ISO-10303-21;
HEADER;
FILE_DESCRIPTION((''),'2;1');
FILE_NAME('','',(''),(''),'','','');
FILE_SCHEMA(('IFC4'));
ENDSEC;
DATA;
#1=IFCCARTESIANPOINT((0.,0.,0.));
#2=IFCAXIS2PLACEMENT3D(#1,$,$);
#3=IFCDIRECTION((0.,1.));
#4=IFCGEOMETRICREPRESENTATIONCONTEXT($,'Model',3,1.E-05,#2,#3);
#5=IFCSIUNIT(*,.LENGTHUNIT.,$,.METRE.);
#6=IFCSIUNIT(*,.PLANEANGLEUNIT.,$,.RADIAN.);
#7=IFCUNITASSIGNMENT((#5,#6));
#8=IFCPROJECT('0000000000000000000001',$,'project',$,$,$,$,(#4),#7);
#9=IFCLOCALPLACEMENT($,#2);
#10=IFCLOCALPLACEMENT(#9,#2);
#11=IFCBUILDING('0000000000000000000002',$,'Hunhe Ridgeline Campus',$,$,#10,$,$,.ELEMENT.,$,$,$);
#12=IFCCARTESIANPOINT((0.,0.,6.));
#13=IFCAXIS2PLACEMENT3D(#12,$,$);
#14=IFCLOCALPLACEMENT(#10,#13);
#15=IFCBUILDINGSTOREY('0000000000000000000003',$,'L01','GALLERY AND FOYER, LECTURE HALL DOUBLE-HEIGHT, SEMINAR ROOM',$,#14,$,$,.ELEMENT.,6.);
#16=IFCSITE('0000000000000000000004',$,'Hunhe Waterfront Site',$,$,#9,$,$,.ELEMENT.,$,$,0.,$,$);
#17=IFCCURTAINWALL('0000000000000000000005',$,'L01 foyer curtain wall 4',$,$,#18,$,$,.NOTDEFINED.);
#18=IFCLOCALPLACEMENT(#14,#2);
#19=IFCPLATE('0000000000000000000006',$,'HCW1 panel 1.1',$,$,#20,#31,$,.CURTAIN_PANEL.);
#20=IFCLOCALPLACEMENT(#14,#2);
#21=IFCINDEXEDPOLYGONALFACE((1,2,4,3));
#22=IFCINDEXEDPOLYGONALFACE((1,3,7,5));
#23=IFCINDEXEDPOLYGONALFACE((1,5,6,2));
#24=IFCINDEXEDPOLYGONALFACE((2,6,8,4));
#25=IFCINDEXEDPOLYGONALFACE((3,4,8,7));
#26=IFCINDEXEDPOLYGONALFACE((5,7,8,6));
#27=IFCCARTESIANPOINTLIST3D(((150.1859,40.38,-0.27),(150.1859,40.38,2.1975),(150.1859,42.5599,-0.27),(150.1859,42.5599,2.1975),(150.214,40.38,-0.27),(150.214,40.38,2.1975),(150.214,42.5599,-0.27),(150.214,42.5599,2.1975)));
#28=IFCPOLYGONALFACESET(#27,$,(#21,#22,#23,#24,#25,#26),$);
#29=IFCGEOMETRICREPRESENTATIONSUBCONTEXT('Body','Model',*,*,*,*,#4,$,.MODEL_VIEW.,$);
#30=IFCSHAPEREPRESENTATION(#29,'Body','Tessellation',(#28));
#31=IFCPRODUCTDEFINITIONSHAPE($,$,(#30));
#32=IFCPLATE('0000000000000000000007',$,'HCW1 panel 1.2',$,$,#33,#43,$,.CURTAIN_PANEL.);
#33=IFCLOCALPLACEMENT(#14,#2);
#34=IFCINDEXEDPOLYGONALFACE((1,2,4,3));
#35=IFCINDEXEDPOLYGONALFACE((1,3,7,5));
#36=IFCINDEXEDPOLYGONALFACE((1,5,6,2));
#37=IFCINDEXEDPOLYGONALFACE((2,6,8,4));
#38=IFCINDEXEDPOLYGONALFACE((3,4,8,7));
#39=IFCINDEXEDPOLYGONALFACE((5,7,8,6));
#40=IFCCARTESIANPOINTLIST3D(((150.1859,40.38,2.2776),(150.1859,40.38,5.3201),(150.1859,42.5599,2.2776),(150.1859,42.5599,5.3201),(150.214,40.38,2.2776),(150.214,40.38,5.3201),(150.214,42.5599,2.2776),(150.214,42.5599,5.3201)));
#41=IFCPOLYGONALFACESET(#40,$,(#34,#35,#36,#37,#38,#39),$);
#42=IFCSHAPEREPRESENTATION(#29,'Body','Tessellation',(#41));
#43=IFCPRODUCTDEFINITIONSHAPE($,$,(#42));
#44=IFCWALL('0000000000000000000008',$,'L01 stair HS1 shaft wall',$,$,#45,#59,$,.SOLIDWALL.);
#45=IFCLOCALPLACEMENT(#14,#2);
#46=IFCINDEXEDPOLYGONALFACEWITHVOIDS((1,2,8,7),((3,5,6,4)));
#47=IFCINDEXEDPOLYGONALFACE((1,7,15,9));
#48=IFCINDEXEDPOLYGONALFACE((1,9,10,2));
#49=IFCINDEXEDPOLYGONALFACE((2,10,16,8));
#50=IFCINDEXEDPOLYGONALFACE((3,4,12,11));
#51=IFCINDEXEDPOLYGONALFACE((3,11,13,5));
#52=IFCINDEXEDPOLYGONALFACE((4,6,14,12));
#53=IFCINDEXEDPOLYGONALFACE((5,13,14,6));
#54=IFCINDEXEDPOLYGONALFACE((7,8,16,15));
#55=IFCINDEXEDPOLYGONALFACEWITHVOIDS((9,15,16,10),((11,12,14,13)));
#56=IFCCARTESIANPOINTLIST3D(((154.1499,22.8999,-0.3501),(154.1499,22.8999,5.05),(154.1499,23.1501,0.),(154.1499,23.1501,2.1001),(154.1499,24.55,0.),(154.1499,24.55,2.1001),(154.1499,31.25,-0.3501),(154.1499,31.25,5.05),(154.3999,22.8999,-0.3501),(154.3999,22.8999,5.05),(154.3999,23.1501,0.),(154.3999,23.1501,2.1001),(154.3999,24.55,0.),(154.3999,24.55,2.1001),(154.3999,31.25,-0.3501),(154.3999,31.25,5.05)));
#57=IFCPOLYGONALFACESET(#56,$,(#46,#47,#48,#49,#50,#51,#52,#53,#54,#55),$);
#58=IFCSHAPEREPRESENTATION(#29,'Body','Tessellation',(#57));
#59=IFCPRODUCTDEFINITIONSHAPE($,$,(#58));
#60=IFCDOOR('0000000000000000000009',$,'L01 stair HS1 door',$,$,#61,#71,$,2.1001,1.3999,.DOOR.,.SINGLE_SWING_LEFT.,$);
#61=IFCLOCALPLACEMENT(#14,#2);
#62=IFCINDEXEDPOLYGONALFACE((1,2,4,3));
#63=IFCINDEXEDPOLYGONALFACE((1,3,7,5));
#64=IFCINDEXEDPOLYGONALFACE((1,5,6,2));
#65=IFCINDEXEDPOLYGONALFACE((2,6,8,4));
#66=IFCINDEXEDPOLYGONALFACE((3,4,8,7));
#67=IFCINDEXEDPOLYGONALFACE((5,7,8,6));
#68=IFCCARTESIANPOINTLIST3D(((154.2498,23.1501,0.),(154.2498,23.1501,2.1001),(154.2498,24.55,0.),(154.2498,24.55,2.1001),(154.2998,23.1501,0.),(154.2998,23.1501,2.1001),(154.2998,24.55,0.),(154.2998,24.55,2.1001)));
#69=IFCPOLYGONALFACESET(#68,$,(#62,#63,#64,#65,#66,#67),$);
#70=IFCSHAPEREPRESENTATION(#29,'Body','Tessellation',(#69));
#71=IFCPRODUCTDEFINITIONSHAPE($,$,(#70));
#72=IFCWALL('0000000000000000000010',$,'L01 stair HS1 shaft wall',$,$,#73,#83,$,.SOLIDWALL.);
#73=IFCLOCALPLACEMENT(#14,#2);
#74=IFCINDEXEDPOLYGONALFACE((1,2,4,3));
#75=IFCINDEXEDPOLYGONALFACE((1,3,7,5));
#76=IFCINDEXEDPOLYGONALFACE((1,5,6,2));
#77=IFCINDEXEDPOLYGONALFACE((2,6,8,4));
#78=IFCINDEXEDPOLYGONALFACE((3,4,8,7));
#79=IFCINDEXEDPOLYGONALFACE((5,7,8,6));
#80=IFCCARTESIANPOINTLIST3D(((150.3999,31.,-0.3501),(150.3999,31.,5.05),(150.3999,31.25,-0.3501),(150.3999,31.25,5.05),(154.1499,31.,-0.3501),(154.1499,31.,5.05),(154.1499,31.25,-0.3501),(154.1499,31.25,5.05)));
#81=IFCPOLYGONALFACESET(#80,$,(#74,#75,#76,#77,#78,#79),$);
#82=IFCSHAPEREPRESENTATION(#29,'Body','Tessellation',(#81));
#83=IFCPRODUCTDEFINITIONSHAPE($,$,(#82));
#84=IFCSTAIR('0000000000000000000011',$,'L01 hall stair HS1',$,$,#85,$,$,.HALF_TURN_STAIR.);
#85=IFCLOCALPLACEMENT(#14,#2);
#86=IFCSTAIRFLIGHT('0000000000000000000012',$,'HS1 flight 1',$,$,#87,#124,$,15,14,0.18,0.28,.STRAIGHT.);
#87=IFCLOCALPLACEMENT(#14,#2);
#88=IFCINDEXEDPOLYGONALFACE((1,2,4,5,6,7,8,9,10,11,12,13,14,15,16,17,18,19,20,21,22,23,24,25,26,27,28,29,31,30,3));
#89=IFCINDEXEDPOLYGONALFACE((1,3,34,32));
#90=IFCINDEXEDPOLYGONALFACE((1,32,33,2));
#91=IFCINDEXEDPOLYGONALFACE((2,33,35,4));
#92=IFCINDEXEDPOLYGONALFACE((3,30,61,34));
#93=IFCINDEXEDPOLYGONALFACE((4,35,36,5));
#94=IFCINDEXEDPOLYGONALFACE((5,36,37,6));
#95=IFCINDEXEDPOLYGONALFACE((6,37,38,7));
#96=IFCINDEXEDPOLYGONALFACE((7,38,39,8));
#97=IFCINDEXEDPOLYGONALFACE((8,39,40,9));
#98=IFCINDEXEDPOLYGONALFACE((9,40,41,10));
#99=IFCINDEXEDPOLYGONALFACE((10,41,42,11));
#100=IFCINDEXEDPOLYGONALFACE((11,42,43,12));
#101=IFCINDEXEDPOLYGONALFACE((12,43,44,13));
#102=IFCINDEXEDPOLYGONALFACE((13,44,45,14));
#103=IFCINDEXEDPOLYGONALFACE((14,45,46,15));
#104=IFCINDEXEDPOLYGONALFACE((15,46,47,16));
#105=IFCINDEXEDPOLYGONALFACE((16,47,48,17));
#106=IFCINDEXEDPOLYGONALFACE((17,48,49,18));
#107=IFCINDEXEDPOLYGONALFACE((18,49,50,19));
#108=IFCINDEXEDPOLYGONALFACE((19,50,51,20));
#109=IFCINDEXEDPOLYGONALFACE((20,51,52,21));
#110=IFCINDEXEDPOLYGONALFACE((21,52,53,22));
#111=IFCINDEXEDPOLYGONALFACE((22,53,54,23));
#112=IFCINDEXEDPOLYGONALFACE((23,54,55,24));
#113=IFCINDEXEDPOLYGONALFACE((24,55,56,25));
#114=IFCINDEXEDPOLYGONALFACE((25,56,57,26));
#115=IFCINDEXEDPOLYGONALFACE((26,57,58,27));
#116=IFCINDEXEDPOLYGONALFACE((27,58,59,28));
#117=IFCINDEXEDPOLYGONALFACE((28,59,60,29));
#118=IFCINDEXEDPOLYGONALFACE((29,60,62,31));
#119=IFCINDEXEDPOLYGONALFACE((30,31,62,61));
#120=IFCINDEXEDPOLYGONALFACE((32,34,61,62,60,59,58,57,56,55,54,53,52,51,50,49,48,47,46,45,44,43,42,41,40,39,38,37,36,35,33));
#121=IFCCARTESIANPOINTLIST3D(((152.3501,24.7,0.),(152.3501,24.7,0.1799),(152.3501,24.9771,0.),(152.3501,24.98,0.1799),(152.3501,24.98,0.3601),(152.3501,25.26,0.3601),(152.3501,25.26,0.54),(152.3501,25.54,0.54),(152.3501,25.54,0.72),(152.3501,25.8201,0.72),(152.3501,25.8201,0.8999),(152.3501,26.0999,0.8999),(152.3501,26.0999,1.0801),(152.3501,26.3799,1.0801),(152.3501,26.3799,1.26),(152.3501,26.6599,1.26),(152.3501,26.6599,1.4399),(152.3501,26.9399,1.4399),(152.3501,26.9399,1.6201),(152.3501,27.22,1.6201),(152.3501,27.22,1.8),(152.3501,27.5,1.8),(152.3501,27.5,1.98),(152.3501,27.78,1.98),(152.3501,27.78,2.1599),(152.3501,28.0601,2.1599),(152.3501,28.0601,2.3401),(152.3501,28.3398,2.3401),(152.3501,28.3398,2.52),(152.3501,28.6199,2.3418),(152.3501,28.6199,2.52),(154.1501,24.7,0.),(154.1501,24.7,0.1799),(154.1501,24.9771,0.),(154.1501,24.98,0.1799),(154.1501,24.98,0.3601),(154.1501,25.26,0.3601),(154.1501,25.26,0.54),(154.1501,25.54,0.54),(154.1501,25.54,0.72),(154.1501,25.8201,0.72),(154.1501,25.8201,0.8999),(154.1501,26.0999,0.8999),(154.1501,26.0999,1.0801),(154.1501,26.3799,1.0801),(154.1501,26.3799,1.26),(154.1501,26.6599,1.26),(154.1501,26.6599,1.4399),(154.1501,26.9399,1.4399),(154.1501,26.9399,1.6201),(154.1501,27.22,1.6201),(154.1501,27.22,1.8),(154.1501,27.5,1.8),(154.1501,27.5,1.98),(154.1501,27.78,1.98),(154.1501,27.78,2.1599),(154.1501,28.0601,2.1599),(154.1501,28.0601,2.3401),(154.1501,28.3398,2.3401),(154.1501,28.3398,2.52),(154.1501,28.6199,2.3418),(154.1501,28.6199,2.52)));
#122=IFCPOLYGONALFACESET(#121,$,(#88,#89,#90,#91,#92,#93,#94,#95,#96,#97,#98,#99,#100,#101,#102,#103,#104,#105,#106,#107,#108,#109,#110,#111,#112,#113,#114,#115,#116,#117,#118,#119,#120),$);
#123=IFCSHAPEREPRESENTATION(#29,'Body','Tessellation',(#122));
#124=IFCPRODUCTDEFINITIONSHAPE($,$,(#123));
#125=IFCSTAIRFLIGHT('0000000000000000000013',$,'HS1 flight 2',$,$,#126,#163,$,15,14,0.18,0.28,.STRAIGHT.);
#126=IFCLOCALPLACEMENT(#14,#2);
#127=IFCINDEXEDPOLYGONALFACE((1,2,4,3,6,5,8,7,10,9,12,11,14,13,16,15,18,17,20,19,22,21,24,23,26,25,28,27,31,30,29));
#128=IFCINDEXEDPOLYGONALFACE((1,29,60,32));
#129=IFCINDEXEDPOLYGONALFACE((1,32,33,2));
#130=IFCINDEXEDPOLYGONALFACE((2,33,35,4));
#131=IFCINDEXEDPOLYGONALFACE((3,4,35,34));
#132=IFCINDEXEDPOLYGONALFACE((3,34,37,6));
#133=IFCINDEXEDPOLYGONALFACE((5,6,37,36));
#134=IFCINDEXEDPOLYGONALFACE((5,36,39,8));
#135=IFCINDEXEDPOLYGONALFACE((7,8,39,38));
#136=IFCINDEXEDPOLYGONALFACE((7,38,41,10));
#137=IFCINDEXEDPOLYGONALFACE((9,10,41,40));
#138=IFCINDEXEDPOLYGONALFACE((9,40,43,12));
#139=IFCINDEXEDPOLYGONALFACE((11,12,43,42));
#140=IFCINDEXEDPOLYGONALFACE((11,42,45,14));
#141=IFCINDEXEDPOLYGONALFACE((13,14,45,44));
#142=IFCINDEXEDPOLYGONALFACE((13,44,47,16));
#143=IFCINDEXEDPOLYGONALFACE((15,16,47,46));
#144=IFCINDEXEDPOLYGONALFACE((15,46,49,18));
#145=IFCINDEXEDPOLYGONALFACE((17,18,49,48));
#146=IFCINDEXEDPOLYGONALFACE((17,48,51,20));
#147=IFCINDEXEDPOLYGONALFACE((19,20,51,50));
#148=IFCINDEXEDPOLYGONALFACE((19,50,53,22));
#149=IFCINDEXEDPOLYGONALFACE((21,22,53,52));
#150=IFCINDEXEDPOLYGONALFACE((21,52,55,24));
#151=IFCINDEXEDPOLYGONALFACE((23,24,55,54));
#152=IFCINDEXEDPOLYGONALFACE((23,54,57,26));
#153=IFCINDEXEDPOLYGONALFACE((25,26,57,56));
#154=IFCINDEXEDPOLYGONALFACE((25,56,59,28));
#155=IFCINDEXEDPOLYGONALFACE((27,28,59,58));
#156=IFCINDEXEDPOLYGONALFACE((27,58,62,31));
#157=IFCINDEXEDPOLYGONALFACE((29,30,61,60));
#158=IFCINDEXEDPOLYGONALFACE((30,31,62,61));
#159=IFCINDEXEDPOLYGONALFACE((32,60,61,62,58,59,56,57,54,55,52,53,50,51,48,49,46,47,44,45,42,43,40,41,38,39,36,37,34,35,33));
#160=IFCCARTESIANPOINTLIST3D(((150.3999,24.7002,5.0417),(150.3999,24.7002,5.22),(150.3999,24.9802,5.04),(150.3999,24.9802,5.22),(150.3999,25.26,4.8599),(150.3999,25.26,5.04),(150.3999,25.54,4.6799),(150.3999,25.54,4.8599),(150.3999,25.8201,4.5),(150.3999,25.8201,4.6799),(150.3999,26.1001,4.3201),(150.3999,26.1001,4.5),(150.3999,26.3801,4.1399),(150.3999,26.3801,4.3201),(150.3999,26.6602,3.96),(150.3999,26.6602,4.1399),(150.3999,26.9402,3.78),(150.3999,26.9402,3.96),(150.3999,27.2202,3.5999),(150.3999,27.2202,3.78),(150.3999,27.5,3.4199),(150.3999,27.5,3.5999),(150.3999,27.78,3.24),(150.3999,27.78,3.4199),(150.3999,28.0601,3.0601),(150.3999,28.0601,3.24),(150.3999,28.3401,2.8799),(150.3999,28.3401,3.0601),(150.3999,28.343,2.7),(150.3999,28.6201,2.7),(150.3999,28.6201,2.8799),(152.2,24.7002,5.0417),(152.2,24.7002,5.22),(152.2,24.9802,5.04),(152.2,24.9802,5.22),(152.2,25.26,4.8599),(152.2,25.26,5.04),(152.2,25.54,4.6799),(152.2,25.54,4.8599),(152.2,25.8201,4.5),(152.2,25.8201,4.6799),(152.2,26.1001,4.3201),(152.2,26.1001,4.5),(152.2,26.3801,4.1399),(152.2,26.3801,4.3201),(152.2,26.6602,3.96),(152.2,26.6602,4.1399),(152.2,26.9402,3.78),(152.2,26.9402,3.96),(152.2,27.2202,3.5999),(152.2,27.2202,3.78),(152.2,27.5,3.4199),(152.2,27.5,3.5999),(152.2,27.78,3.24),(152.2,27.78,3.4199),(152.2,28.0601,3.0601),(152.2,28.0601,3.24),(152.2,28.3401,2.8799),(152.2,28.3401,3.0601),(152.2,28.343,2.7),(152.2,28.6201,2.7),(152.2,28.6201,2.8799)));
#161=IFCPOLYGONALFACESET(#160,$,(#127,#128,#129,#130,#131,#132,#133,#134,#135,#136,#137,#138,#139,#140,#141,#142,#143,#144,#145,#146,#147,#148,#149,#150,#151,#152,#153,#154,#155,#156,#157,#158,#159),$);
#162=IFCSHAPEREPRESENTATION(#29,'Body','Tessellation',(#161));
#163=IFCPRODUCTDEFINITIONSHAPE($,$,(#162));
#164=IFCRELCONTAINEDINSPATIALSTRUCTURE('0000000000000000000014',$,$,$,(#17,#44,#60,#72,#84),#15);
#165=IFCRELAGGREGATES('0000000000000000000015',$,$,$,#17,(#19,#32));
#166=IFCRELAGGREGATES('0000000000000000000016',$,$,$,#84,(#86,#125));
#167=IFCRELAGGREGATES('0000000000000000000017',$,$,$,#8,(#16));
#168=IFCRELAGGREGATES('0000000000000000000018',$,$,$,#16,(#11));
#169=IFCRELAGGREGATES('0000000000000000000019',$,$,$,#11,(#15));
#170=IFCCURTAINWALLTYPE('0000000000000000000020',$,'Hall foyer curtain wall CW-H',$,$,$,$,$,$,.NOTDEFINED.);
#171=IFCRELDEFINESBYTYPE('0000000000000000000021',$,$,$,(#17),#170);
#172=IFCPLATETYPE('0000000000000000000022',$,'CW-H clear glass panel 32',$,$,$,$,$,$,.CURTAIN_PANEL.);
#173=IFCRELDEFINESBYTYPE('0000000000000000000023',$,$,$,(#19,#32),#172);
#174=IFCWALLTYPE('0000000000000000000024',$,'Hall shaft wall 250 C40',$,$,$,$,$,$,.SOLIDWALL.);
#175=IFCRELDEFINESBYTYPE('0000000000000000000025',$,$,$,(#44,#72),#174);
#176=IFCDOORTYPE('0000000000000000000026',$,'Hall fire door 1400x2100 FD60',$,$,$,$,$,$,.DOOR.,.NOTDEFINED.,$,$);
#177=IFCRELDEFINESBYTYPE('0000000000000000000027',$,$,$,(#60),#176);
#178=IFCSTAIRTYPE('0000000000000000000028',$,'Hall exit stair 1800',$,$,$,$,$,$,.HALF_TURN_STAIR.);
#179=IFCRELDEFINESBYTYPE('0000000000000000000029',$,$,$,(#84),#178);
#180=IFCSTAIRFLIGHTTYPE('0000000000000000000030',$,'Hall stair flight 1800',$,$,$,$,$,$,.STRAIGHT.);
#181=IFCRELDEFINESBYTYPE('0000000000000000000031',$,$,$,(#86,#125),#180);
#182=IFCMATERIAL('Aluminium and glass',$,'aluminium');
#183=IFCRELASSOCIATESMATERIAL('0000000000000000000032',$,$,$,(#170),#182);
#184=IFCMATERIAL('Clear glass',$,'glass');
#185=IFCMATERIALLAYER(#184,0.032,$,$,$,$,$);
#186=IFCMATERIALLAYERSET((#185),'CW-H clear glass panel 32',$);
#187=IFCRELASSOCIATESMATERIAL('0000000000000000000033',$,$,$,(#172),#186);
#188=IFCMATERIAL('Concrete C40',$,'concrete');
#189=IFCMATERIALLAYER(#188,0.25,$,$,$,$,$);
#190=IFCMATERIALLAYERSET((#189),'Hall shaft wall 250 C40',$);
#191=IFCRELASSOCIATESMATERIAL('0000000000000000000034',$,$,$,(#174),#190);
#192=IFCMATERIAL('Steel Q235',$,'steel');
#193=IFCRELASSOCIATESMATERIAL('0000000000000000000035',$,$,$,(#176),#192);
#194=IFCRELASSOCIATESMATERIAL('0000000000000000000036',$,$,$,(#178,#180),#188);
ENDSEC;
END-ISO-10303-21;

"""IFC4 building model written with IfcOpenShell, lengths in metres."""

from ifc_helpers import new_model, si_unit, direction, frame, frame_2d, origin, origin_2d, place, context, subcontext, project, spatial, polyline, rectangle, outline, extrude, material, layer, layer_set, type_object, element, fill, aggregate, save


model = new_model("IFC4")

# Units and contexts
model_context = context("Model", 3, precision=1e-05, world=origin(), true_north=direction((0.0, 1.0)))
body_context = subcontext(model_context, "Body", "Model", "MODEL_VIEW")
ifc_project = project(units=[si_unit("LENGTHUNIT", "METRE"), si_unit("PLANEANGLEUNIT", "RADIAN")], contexts=[model_context])

# Site, building, storey
site_placement = place(None, origin())
site = spatial("IfcSite", under=ifc_project, at=site_placement, Name="Hunhe Waterfront Site", CompositionType="ELEMENT", RefElevation=0.0)
building_placement = place(site_placement, origin())
building = spatial("IfcBuilding", under=site, at=building_placement, Name="Hunhe Ridgeline Campus", CompositionType="ELEMENT")
storey_placement = place(building_placement, frame((0.0, 0.0, 6.0)))
storey = spatial("IfcBuildingStorey", under=building, at=storey_placement, Name="L01", Description="GALLERY AND FOYER, LECTURE HALL DOUBLE-HEIGHT, SEMINAR ROOM", CompositionType="ELEMENT", Elevation=6.0)

# Curtain wall
ifc_material_1 = material(Name="Aluminium and glass", Category="aluminium")
curtain_wall_type = type_object("IfcCurtainWallType", Name="Hall foyer curtain wall CW-H", PredefinedType="NOTDEFINED", material=ifc_material_1)
curtain_wall_1_placement = place(storey_placement, origin())
curtain_wall_1 = element("IfcCurtainWall", 1, at=curtain_wall_1_placement, inside=storey, type_object=curtain_wall_type, Name="L01 foyer curtain wall 4", PredefinedType="NOTDEFINED")

# Shared definitions
ifc_material_2 = material(Name="Concrete C40", Category="concrete")

# Plates
ifc_material_3 = material(Name="Clear glass", Category="glass")
ifc_layer_1 = layer(ifc_material_3, 0.032)
ifc_layer_set_1 = layer_set([ifc_layer_1], Name="CW-H clear glass panel 32")
plate_type = type_object("IfcPlateType", Name="CW-H clear glass panel 32", PredefinedType="CURTAIN_PANEL", material=ifc_layer_set_1)
plate_1_placement = place(storey_placement, frame((150.2, 41.47, -0.27), z_axis=(0.0, 0.0, 1.0), x_axis=(0.0, 1.0, 0.0)))
plate_1 = element("IfcPlate", 2, at=plate_1_placement, type_object=plate_type, Name="HCW1 panel 1.1", PredefinedType="CURTAIN_PANEL", context=body_context, shape_type="SweptSolid", body=[
    extrude(rectangle(XDim=2.1799, YDim=0.0281, at=origin_2d()), origin(), (0.0, 0.0, 1.0), 2.4675),
])
plate_2_placement = place(storey_placement, frame((150.2, 41.47, 2.2776), z_axis=(0.0, 0.0, 1.0), x_axis=(0.0, 1.0, 0.0)))
plate_2 = element("IfcPlate", 3, at=plate_2_placement, type_object=plate_type, Name="HCW1 panel 1.2", PredefinedType="CURTAIN_PANEL", context=body_context, shape_type="SweptSolid", body=[
    extrude(rectangle(XDim=2.1799, YDim=0.0281, at=origin_2d()), origin(), (0.0, 0.0, 1.0), 3.0425),
])
aggregate(curtain_wall_1, [plate_1, plate_2])

# Wall, opening, door
ifc_layer_2 = layer(ifc_material_2, 0.25)
ifc_layer_set_2 = layer_set([ifc_layer_2], Name="Hall shaft wall 250 C40")
wall_type = type_object("IfcWallType", Name="Hall shaft wall 250 C40", PredefinedType="SOLIDWALL", material=ifc_layer_set_2)
wall_1_placement = place(storey_placement, frame((154.2749, 31.25, -0.3501), z_axis=(0.0, 0.0, 1.0), x_axis=(0.0, -1.0, 0.0)))
wall_1 = element("IfcWall", 4, at=wall_1_placement, inside=storey, type_object=wall_type, Name="L01 stair HS1 shaft wall", PredefinedType="SOLIDWALL", context=body_context, shape_type="SweptSolid", body=[
    extrude(rectangle(XDim=8.3501, YDim=0.25, at=frame_2d((4.175, 0.0))), origin(), (0.0, 0.0, 1.0), 5.4001),
])
opening_placement = place(wall_1_placement, frame((6.7, 0.0, 0.3501)))
opening = element("IfcOpeningElement", 5, at=opening_placement, cuts=wall_1, PredefinedType="OPENING", context=body_context, shape_type="SweptSolid", body=[
    extrude(rectangle(XDim=1.3999, YDim=2.1001, at=frame_2d((0.7, 1.05))), frame((0.0, 0.125, 0.0), z_axis=(0.0, -1.0, 0.0), x_axis=(1.0, 0.0, 0.0)), (0.0, 0.0, 1.0), 0.25),
])
ifc_material_4 = material(Name="Steel Q235", Category="steel")
door_type = type_object("IfcDoorType", Name="Hall fire door 1400x2100 FD60", OperationType="NOTDEFINED", PredefinedType="DOOR", material=ifc_material_4)
door_placement = place(opening_placement, origin())
door = element("IfcDoor", 6, at=door_placement, inside=storey, type_object=door_type, Name="L01 stair HS1 door", OperationType="SINGLE_SWING_LEFT", OverallHeight=2.1001, OverallWidth=1.3999, PredefinedType="DOOR", context=body_context, shape_type="SweptSolid", body=[
    extrude(rectangle(XDim=1.3999, YDim=2.1001, at=frame_2d((0.7, 1.05))), frame((0.0, 0.0249, 0.0), z_axis=(0.0, -1.0, 0.0), x_axis=(1.0, 0.0, 0.0)), (0.0, 0.0, 1.0), 0.05),
])
fill(opening, door)

# Wall
wall_2_placement = place(storey_placement, frame((150.3999, 31.125, -0.3501), z_axis=(0.0, 0.0, 1.0), x_axis=(1.0, 0.0, 0.0)))
element("IfcWall", 7, at=wall_2_placement, inside=storey, type_object=wall_type, Name="L01 stair HS1 shaft wall", PredefinedType="SOLIDWALL", context=body_context, shape_type="SweptSolid", body=[
    extrude(rectangle(XDim=3.75, YDim=0.25, at=frame_2d((1.875, 0.0))), origin(), (0.0, 0.0, 1.0), 5.4001),
])

# Stair, stair flights
stair_type = type_object("IfcStairType", Name="Hall exit stair 1800", PredefinedType="HALF_TURN_STAIR", material=ifc_material_2)
stair_placement = place(storey_placement, origin())
stair = element("IfcStair", 8, at=stair_placement, inside=storey, type_object=stair_type, Name="L01 hall stair HS1", PredefinedType="HALF_TURN_STAIR")
stair_flight_type = type_object("IfcStairFlightType", Name="Hall stair flight 1800", PredefinedType="STRAIGHT", material=ifc_material_2)
stair_flight_1_placement = place(storey_placement, frame((153.25, 24.7, 0.0), z_axis=(0.0, 0.0, 1.0), x_axis=(0.0, 1.0, 0.0)))
stair_flight_1 = element("IfcStairFlight", 9, at=stair_flight_1_placement, type_object=stair_flight_type, Name="HS1 flight 1", NumberOfRisers=15, NumberOfTreads=14, PredefinedType="STRAIGHT", RiserHeight=0.18, TreadLength=0.28, context=body_context, shape_type="SweptSolid", body=[
    extrude(outline(polyline([(0.0, 0.0), (0.0, 0.1799), (0.28, 0.1799), (0.28, 0.3601), (0.5601, 0.3601), (0.5601, 0.54), (0.8401, 0.54), (0.8401, 0.72), (1.1201, 0.72), (1.1201, 0.8999), (1.3999, 0.8999), (1.3999, 1.0801), (1.6799, 1.0801), (1.6799, 1.26), (1.96, 1.26), (1.96, 1.4399), (2.24, 1.4399), (2.24, 1.6201), (2.52, 1.6201), (2.52, 1.8), (2.8, 1.8), (2.8, 1.98), (3.0801, 1.98), (3.0801, 2.1599), (3.3601, 2.1599), (3.3601, 2.3401), (3.6399, 2.3401), (3.6399, 2.52), (3.9199, 2.52), (3.9199, 2.7), (3.9199, 2.3418), (0.2771, 0.0), (0.0, 0.0)])), frame((0.0, 0.8999, 0.0), z_axis=(0.0, -1.0, 0.0), x_axis=(1.0, 0.0, 0.0)), (0.0, 0.0, 1.0), 1.8),
])
stair_flight_2_placement = place(storey_placement, frame((151.3, 28.6201, 2.7), z_axis=(0.0, 0.0, 1.0), x_axis=(0.0, -1.0, 0.0)))
stair_flight_2 = element("IfcStairFlight", 10, at=stair_flight_2_placement, type_object=stair_flight_type, Name="HS1 flight 2", NumberOfRisers=15, NumberOfTreads=14, PredefinedType="STRAIGHT", RiserHeight=0.18, TreadLength=0.28, context=body_context, shape_type="SweptSolid", body=[
    extrude(outline(polyline([(0.0, 0.0), (0.0, 0.1799), (0.28, 0.1799), (0.28, 0.3601), (0.5601, 0.3601), (0.5601, 0.54), (0.8401, 0.54), (0.8401, 0.72), (1.1201, 0.72), (1.1201, 0.8999), (1.3999, 0.8999), (1.3999, 1.0801), (1.6799, 1.0801), (1.6799, 1.26), (1.96, 1.26), (1.96, 1.4399), (2.24, 1.4399), (2.24, 1.6201), (2.52, 1.6201), (2.52, 1.8), (2.8, 1.8), (2.8, 1.98), (3.0801, 1.98), (3.0801, 2.1599), (3.3601, 2.1599), (3.3601, 2.3401), (3.6399, 2.3401), (3.6399, 2.52), (3.9199, 2.52), (3.9199, 2.7), (3.9199, 2.3418), (0.2771, 0.0), (0.0, 0.0)])), frame((0.0, 0.8999, 0.0), z_axis=(0.0, -1.0, 0.0), x_axis=(1.0, 0.0, 0.0)), (0.0, 0.0, 1.0), 1.8),
])
aggregate(stair, [stair_flight_1, stair_flight_2])

save(model, "model.ifc")
